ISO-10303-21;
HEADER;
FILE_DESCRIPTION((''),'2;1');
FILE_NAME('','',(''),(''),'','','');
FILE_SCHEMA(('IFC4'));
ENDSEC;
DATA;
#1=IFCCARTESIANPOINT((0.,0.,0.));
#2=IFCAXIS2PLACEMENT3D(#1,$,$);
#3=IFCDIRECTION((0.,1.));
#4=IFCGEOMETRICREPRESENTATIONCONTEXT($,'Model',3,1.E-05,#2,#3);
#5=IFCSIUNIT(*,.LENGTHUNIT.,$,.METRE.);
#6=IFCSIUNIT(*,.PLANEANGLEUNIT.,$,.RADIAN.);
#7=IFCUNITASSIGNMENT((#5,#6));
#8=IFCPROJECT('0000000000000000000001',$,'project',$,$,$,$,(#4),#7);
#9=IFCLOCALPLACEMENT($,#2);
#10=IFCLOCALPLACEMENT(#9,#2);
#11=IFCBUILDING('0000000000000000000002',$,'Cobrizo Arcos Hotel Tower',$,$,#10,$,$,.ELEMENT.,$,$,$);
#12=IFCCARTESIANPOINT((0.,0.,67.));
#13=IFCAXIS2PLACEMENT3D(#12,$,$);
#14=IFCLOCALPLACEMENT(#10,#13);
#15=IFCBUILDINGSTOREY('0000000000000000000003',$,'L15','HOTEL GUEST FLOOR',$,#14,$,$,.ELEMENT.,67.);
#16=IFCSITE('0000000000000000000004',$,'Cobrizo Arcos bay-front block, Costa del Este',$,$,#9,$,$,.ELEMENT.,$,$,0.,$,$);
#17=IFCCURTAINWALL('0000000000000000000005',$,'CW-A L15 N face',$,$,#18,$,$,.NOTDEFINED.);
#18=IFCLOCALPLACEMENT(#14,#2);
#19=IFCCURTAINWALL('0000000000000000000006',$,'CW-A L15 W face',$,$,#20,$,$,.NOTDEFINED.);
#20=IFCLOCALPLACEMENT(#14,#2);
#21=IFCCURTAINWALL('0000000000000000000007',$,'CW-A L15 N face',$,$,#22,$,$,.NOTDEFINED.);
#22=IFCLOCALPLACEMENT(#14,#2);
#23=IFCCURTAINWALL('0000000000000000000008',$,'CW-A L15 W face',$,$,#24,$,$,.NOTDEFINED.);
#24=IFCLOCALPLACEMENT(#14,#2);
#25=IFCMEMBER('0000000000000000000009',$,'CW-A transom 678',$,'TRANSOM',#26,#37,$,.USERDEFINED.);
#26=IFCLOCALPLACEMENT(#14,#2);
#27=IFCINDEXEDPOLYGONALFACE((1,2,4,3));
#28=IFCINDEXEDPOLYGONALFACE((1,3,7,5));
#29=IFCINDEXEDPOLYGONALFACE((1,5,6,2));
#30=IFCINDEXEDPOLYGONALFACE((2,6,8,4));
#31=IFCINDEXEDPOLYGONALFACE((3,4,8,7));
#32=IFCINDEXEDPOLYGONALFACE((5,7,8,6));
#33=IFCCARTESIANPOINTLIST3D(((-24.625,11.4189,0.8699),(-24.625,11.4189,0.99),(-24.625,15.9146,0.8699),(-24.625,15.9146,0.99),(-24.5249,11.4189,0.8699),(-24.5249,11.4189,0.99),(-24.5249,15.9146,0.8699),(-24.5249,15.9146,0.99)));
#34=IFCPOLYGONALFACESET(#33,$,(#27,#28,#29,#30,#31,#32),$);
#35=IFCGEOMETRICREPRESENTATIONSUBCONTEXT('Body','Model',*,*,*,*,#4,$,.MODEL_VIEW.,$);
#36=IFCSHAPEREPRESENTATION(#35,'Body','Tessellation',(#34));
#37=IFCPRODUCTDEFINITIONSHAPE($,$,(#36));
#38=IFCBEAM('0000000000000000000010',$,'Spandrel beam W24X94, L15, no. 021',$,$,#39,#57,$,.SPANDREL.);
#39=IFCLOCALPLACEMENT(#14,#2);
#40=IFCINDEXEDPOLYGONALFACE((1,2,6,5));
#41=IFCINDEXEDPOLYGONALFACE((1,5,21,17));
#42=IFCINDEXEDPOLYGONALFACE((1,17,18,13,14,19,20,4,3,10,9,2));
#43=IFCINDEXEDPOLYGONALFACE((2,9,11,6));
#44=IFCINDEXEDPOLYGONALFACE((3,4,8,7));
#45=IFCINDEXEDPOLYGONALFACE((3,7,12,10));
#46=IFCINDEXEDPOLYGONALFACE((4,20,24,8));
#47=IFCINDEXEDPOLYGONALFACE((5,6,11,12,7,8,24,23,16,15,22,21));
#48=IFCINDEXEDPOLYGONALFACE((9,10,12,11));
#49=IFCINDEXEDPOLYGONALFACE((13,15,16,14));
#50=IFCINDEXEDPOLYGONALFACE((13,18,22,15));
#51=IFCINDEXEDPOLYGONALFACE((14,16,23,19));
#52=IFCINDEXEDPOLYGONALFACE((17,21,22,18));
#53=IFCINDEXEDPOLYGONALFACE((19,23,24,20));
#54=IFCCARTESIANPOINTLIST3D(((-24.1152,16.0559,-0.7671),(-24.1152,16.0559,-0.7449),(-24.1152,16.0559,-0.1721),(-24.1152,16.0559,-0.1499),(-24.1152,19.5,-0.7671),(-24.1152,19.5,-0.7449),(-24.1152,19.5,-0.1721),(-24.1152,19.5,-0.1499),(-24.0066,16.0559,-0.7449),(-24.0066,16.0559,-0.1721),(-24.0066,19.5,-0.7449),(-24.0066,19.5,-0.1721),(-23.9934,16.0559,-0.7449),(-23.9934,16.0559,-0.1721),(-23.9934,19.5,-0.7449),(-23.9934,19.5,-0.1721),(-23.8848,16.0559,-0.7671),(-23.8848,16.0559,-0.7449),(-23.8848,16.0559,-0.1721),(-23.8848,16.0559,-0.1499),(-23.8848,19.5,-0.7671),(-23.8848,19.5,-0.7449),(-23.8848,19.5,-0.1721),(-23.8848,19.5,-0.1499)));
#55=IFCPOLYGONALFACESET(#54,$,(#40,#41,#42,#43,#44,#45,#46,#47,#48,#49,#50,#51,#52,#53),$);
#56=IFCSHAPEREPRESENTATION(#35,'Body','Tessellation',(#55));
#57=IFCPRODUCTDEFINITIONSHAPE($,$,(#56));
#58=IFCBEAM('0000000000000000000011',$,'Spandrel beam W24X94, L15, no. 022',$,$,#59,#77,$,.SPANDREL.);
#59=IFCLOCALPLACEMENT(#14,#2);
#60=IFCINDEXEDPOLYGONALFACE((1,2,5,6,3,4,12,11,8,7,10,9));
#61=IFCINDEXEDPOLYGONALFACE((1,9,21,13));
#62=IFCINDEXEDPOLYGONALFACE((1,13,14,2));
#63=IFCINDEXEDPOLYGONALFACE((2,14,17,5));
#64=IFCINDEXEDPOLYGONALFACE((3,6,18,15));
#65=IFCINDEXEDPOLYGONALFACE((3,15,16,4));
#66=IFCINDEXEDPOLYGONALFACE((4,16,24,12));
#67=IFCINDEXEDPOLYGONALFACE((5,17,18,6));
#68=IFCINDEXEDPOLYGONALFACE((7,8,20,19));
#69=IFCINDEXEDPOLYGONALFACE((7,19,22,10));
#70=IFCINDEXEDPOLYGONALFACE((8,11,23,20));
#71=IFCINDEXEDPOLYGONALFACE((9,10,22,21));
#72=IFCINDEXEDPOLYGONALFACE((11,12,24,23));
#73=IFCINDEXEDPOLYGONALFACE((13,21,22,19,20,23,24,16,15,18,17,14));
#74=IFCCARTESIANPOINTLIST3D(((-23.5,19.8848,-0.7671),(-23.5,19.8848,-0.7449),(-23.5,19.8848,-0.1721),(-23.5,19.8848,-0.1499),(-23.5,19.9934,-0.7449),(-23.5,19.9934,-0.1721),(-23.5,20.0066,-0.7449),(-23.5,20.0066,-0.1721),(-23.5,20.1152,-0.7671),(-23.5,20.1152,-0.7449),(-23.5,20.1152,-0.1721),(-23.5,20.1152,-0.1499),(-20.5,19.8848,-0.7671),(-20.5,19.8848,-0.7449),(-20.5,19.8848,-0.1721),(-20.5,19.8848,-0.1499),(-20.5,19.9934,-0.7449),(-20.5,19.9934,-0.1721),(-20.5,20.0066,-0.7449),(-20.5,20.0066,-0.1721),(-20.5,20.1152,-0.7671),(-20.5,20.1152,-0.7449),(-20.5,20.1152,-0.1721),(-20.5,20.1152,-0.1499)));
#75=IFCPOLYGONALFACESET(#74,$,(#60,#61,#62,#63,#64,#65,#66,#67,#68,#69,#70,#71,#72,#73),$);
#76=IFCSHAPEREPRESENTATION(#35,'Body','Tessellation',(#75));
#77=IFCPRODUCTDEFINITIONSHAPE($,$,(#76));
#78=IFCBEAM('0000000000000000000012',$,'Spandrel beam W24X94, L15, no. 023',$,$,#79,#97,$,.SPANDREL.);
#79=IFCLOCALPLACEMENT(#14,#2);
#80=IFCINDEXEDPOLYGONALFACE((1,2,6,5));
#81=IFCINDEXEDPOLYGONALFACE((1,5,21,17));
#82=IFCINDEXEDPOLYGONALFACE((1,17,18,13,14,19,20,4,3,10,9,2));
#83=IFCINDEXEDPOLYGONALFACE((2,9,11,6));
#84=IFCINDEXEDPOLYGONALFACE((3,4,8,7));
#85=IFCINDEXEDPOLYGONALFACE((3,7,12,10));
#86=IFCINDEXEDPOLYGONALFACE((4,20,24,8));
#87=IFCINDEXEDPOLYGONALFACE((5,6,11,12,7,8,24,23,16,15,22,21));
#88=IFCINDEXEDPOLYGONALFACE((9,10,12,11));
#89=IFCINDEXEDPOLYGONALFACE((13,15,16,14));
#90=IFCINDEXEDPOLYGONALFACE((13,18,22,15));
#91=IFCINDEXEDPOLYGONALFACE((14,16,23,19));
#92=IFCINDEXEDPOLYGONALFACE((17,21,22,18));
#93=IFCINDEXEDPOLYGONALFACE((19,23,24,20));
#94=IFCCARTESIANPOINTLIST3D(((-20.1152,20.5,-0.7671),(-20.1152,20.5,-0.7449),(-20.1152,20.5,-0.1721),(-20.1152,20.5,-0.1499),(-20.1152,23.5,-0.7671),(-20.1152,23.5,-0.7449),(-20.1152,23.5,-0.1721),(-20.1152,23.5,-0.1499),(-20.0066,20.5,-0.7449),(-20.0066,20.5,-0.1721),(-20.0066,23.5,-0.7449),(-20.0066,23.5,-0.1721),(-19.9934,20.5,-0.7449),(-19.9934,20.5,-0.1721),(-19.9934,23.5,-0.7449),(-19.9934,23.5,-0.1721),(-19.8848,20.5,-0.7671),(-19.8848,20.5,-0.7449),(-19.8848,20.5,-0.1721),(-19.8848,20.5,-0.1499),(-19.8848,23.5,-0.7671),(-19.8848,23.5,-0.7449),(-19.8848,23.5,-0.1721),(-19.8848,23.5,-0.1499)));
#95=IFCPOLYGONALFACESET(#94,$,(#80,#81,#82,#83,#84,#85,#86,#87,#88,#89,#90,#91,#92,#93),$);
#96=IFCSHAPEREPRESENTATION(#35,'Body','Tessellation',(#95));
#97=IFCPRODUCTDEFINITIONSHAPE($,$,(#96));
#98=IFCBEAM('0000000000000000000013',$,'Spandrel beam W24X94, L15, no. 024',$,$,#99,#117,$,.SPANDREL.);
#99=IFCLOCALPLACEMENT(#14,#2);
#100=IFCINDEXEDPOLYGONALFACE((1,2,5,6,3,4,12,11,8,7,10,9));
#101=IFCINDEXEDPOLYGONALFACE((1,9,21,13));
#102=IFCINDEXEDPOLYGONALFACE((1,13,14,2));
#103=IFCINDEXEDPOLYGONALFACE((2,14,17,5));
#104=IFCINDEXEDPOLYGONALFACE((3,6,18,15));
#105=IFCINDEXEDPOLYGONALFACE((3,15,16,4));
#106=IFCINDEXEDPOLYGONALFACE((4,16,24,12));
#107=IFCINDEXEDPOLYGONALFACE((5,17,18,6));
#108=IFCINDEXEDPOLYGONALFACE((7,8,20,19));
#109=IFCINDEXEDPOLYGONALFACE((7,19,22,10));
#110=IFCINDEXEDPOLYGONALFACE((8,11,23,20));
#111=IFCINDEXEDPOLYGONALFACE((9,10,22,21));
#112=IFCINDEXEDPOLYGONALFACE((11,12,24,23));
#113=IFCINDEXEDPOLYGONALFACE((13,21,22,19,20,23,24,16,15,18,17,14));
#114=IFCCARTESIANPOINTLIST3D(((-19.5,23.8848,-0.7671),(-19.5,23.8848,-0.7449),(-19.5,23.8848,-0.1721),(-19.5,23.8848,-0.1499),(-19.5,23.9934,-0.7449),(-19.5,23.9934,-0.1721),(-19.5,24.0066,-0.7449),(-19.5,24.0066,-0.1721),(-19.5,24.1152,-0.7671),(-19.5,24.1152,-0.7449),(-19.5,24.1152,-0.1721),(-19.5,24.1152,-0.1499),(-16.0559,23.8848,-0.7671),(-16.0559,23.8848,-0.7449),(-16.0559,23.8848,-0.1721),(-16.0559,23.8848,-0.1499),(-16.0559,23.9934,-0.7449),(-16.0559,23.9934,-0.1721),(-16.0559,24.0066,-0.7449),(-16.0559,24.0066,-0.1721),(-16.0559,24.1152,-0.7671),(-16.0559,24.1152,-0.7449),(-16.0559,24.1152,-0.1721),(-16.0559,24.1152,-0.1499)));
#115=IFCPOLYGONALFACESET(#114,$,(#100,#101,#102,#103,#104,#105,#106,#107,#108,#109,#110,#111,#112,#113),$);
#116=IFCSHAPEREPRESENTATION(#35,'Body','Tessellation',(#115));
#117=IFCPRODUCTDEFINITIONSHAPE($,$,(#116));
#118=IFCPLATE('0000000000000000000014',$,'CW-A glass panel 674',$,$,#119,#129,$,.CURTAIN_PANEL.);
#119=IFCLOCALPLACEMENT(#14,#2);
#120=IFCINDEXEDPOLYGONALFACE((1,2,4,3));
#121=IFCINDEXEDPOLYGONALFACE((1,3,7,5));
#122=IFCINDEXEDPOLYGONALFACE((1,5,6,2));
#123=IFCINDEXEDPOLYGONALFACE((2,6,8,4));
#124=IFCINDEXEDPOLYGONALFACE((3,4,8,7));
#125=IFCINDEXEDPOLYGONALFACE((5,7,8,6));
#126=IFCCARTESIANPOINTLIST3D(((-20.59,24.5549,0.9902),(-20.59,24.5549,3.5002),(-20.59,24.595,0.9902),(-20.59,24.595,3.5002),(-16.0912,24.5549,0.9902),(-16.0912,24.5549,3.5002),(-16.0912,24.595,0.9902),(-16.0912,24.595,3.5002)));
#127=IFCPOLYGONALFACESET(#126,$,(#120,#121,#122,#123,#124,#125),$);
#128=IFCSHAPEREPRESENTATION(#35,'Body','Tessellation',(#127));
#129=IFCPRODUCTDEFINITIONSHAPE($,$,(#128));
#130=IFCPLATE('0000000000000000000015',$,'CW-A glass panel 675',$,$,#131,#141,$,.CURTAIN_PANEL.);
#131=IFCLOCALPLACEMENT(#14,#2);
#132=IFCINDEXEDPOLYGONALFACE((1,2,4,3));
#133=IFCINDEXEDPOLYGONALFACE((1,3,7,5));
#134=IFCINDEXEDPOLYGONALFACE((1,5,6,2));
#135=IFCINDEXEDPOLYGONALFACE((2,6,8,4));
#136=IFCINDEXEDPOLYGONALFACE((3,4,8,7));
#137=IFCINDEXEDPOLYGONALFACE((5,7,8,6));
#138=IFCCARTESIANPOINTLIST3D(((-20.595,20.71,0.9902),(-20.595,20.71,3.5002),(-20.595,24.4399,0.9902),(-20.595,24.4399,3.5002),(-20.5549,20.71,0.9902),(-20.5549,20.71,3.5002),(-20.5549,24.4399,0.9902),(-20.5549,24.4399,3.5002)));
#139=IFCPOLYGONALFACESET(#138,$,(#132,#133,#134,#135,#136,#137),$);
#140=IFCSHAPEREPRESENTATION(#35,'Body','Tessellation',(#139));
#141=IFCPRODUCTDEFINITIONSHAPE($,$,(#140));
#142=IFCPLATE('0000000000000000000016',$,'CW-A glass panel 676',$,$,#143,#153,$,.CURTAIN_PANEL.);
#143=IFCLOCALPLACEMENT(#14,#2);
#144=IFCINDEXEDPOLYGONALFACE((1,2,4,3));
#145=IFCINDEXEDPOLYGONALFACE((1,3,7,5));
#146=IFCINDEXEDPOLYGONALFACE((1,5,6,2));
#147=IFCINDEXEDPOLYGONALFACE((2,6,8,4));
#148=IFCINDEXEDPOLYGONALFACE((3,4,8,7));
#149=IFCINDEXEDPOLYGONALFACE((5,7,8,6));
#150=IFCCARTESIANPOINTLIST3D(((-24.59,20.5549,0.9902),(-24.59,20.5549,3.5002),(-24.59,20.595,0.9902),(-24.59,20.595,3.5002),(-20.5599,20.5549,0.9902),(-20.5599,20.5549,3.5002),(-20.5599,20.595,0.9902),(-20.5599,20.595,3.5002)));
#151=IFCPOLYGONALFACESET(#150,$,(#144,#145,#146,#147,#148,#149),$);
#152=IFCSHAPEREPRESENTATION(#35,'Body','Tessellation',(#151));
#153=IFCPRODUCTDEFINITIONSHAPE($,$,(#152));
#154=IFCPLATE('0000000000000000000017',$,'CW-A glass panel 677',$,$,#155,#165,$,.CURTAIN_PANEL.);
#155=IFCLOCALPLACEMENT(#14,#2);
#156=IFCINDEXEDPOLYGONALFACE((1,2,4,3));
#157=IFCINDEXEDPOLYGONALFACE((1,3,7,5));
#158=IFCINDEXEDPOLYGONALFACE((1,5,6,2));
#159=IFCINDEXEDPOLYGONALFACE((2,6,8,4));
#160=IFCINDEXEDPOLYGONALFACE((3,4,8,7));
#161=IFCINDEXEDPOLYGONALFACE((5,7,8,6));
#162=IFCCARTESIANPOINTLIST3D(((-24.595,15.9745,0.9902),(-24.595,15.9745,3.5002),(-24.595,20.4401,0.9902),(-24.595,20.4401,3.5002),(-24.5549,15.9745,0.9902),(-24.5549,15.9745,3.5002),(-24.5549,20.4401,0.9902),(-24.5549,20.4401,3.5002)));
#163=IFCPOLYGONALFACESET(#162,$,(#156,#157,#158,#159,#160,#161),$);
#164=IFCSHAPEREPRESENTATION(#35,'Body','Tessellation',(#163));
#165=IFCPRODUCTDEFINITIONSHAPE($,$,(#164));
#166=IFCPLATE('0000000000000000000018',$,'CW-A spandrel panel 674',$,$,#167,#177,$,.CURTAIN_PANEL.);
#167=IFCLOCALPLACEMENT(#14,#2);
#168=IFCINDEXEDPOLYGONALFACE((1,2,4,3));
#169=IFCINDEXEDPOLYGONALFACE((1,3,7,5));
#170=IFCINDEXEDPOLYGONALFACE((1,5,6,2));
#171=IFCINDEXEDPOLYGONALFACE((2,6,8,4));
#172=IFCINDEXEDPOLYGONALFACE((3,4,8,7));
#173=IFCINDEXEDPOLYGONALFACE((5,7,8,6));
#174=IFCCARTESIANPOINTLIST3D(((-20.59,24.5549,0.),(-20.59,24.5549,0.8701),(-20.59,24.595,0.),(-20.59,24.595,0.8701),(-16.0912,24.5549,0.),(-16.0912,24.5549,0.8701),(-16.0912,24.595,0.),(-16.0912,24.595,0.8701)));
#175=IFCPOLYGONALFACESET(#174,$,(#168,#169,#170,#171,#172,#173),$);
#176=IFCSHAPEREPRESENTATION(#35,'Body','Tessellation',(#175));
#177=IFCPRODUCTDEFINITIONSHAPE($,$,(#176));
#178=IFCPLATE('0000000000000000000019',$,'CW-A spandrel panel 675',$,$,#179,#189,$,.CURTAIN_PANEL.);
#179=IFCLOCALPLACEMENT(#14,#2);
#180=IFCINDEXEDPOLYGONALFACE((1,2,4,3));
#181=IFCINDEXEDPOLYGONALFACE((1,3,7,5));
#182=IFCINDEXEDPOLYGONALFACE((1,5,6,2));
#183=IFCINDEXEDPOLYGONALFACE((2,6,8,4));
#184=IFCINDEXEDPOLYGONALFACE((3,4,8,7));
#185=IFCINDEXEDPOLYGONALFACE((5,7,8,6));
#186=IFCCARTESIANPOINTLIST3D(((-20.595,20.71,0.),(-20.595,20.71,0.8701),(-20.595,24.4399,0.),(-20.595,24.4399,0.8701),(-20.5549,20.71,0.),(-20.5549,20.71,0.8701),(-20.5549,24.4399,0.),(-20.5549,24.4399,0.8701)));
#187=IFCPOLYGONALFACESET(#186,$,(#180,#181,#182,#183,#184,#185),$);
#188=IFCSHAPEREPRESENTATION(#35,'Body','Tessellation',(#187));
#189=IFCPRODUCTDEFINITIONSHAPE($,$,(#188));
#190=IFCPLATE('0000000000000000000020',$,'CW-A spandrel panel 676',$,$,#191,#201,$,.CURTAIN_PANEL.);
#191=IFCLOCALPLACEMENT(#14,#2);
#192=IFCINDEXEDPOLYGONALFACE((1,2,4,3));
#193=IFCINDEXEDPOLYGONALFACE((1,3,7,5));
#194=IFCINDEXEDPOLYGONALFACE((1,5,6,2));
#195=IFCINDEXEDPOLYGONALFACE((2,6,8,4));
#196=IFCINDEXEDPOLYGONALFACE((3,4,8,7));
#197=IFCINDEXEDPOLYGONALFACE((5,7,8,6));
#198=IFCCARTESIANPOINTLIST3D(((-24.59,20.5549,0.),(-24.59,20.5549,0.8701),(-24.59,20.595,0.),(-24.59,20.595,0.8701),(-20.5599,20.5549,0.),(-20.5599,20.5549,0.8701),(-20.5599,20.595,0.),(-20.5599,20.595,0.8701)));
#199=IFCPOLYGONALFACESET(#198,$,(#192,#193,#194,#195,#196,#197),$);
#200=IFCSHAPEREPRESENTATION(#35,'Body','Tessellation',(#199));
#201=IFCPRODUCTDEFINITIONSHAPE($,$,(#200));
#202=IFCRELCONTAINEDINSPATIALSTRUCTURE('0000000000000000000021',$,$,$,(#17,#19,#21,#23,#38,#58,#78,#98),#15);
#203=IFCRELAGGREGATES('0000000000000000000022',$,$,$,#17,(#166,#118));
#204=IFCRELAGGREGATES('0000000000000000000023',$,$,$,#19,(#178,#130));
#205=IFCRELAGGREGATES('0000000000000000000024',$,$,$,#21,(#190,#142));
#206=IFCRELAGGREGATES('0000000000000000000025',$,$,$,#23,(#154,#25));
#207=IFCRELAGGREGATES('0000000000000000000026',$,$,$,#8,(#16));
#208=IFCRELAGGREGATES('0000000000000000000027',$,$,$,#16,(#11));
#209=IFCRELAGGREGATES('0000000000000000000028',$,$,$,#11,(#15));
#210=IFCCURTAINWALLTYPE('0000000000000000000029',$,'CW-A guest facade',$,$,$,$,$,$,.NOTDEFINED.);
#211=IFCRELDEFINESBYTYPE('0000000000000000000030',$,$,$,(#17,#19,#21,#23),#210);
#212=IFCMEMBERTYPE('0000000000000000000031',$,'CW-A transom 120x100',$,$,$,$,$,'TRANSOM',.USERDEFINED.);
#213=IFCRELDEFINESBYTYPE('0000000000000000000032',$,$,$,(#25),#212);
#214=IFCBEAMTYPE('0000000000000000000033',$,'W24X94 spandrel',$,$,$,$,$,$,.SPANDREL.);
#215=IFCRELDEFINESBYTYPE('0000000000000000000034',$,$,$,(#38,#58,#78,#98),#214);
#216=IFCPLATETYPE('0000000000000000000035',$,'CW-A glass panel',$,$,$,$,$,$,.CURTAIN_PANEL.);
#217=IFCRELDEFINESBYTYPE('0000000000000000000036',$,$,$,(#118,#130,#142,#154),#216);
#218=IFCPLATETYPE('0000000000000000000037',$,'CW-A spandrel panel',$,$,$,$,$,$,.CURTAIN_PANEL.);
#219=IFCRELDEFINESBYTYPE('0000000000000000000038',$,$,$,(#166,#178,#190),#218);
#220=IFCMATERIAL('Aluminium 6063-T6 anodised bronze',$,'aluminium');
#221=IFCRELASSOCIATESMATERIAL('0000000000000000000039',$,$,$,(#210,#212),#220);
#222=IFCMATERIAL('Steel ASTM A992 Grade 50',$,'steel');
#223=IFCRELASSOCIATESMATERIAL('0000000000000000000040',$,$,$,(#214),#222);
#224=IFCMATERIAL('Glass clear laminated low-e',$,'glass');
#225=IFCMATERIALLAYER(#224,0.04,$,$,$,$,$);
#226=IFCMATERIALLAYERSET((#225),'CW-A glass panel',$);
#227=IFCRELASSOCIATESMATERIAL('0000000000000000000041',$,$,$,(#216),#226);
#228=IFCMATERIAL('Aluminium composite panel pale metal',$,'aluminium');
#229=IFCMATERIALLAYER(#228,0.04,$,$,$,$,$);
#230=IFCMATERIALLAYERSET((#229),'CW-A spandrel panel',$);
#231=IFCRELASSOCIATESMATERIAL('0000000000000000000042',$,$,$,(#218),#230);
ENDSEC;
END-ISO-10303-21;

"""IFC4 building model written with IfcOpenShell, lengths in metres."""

from ifc_helpers import new_model, si_unit, direction, frame, origin, origin_2d, place, context, subcontext, project, spatial, rectangle, i_section, extrude, material, layer, layer_set, material_profile, profile_set, type_object, element, aggregate, save


model = new_model("IFC4")

# Units and contexts
model_context = context("Model", 3, precision=1e-05, world=origin(), true_north=direction((0.0, 1.0)))
body_context = subcontext(model_context, "Body", "Model", "MODEL_VIEW")
ifc_project = project(units=[si_unit("LENGTHUNIT", "METRE"), si_unit("PLANEANGLEUNIT", "RADIAN")], contexts=[model_context])

# Site, building, storey
site_placement = place(None, origin())
site = spatial("IfcSite", under=ifc_project, at=site_placement, Name="Cobrizo Arcos bay-front block, Costa del Este", CompositionType="ELEMENT", RefElevation=0.0)
building_placement = place(site_placement, origin())
building = spatial("IfcBuilding", under=site, at=building_placement, Name="Cobrizo Arcos Hotel Tower", CompositionType="ELEMENT")
storey_placement = place(building_placement, frame((0.0, 0.0, 67.0)))
storey = spatial("IfcBuildingStorey", under=building, at=storey_placement, Name="L15", Description="HOTEL GUEST FLOOR", CompositionType="ELEMENT", Elevation=67.0)

# Curtain wall
ifc_material_1 = material(Name="Aluminium 6063-T6 anodised bronze", Category="aluminium")
curtain_wall_type = type_object("IfcCurtainWallType", Name="CW-A guest facade", PredefinedType="NOTDEFINED", material=ifc_material_1)
curtain_wall_1_placement = place(storey_placement, origin())
curtain_wall_1 = element("IfcCurtainWall", 1, at=curtain_wall_1_placement, inside=storey, type_object=curtain_wall_type, Name="CW-A L15 N face", PredefinedType="NOTDEFINED")

# Curtain walls
curtain_wall_2_placement = place(storey_placement, origin())
curtain_wall_2 = element("IfcCurtainWall", 2, at=curtain_wall_2_placement, inside=storey, type_object=curtain_wall_type, Name="CW-A L15 W face", PredefinedType="NOTDEFINED")
curtain_wall_3_placement = place(storey_placement, origin())
curtain_wall_3 = element("IfcCurtainWall", 3, at=curtain_wall_3_placement, inside=storey, type_object=curtain_wall_type, Name="CW-A L15 N face", PredefinedType="NOTDEFINED")
curtain_wall_4_placement = place(storey_placement, origin())
curtain_wall_4 = element("IfcCurtainWall", 4, at=curtain_wall_4_placement, inside=storey, type_object=curtain_wall_type, Name="CW-A L15 W face", PredefinedType="NOTDEFINED")

# Member
ifc_material_profile_1 = material_profile(ifc_material_1, rectangle(XDim=0.1001, YDim=0.1201, at=origin_2d()), Name="CW-A transom 120x100")
ifc_profile_set_1 = profile_set([ifc_material_profile_1], Name="Aluminium 6063-T6 anodised bronze")
member_type_1 = type_object("IfcMemberType", Name="CW-A transom 120x100", ElementType="TRANSOM", PredefinedType="USERDEFINED", material=ifc_profile_set_1)
member_1_placement = place(storey_placement, frame((-24.575, 15.9146, 0.9299), z_axis=(0.0, -1.0, 0.0), x_axis=(1.0, 0.0, 0.0)))
member_1 = element("IfcMember", 5, at=member_1_placement, type_object=member_type_1, Name="CW-A transom 678", ObjectType="TRANSOM", PredefinedType="USERDEFINED", context=body_context, shape_type="SweptSolid", body=[
    extrude(rectangle(XDim=0.1001, YDim=0.1201, at=origin_2d()), origin(), (0.0, 0.0, 1.0), 4.4956),
])

# Beams
ifc_material_2 = material(Name="Steel ASTM A992 Grade 50", Category="steel")
ifc_material_profile_2 = material_profile(ifc_material_2, i_section(OverallWidth=0.2305, OverallDepth=0.6172, WebThickness=0.0132, FlangeThickness=0.0222, at=origin_2d()), Name="W24X94")
ifc_profile_set_2 = profile_set([ifc_material_profile_2], Name="Steel ASTM A992 Grade 50")
beam_type = type_object("IfcBeamType", Name="W24X94 spandrel", PredefinedType="SPANDREL", material=ifc_profile_set_2)
beam_1_placement = place(storey_placement, frame((-24.0, 16.0559, -0.4585), z_axis=(0.0, 1.0, 0.0), x_axis=(-1.0, 0.0, 0.0)))
element("IfcBeam", 6, at=beam_1_placement, inside=storey, type_object=beam_type, Name="Spandrel beam W24X94, L15, no. 021", PredefinedType="SPANDREL", context=body_context, shape_type="SweptSolid", body=[
    extrude(i_section(OverallWidth=0.2305, OverallDepth=0.6172, WebThickness=0.0132, FlangeThickness=0.0222, at=origin_2d()), origin(), (0.0, 0.0, 1.0), 3.4441),
])
for number, where, z_axis, x_axis, name in (
    (7, (-23.5, 20.0, -0.4585), (1.0, 0.0, 0.0), (0.0, 1.0, 0.0), "Spandrel beam W24X94, L15, no. 022"),
    (8, (-20.0, 20.5, -0.4585), (0.0, 1.0, 0.0), (-1.0, 0.0, 0.0), "Spandrel beam W24X94, L15, no. 023"),
):
    element("IfcBeam", number, at=place(storey_placement, frame(where, z_axis=z_axis, x_axis=x_axis)), inside=storey, type_object=beam_type, Name=name, PredefinedType="SPANDREL", context=body_context, shape_type="SweptSolid", body=[
        extrude(i_section(OverallWidth=0.2305, OverallDepth=0.6172, WebThickness=0.0132, FlangeThickness=0.0222, at=origin_2d()), origin(), (0.0, 0.0, 1.0), 3.0),
    ])
beam_2_placement = place(storey_placement, frame((-19.5, 24.0, -0.4585), z_axis=(1.0, 0.0, 0.0), x_axis=(0.0, 1.0, 0.0)))
element("IfcBeam", 9, at=beam_2_placement, inside=storey, type_object=beam_type, Name="Spandrel beam W24X94, L15, no. 024", PredefinedType="SPANDREL", context=body_context, shape_type="SweptSolid", body=[
    extrude(i_section(OverallWidth=0.2305, OverallDepth=0.6172, WebThickness=0.0132, FlangeThickness=0.0222, at=origin_2d()), origin(), (0.0, 0.0, 1.0), 3.4441),
])

# Plates
ifc_material_3 = material(Name="Glass clear laminated low-e", Category="glass")
ifc_layer_1 = layer(ifc_material_3, 0.04)
ifc_layer_set_1 = layer_set([ifc_layer_1], Name="CW-A glass panel")
plate_type_1 = type_object("IfcPlateType", Name="CW-A glass panel", PredefinedType="CURTAIN_PANEL", material=ifc_layer_set_1)
plate_1_placement = place(storey_placement, frame((-18.3406, 24.575, 0.9902), z_axis=(0.0, 0.0, 1.0), x_axis=(-1.0, 0.0, 0.0)))
plate_1 = element("IfcPlate", 10, at=plate_1_placement, type_object=plate_type_1, Name="CW-A glass panel 674", PredefinedType="CURTAIN_PANEL", context=body_context, shape_type="SweptSolid", body=[
    extrude(rectangle(XDim=4.4988, YDim=0.04, at=origin_2d()), origin(), (0.0, 0.0, 1.0), 2.51),
])
plate_2_placement = place(storey_placement, frame((-20.575, 22.575, 0.9902), z_axis=(0.0, 0.0, 1.0), x_axis=(0.0, -1.0, 0.0)))
plate_2 = element("IfcPlate", 11, at=plate_2_placement, type_object=plate_type_1, Name="CW-A glass panel 675", PredefinedType="CURTAIN_PANEL", context=body_context, shape_type="SweptSolid", body=[
    extrude(rectangle(XDim=3.73, YDim=0.04, at=origin_2d()), origin(), (0.0, 0.0, 1.0), 2.51),
])
plate_3_placement = place(storey_placement, frame((-22.575, 20.575, 0.9902), z_axis=(0.0, 0.0, 1.0), x_axis=(-1.0, 0.0, 0.0)))
plate_3 = element("IfcPlate", 12, at=plate_3_placement, type_object=plate_type_1, Name="CW-A glass panel 676", PredefinedType="CURTAIN_PANEL", context=body_context, shape_type="SweptSolid", body=[
    extrude(rectangle(XDim=4.03, YDim=0.04, at=origin_2d()), origin(), (0.0, 0.0, 1.0), 2.51),
])
plate_4_placement = place(storey_placement, frame((-24.575, 18.2073, 0.9902), z_axis=(0.0, 0.0, 1.0), x_axis=(0.0, -1.0, 0.0)))
plate_4 = element("IfcPlate", 13, at=plate_4_placement, type_object=plate_type_1, Name="CW-A glass panel 677", PredefinedType="CURTAIN_PANEL", context=body_context, shape_type="SweptSolid", body=[
    extrude(rectangle(XDim=4.4656, YDim=0.04, at=origin_2d()), origin(), (0.0, 0.0, 1.0), 2.51),
])
ifc_material_4 = material(Name="Aluminium composite panel pale metal", Category="aluminium")
ifc_layer_2 = layer(ifc_material_4, 0.04)
ifc_layer_set_2 = layer_set([ifc_layer_2], Name="CW-A spandrel panel")
plate_type_2 = type_object("IfcPlateType", Name="CW-A spandrel panel", PredefinedType="CURTAIN_PANEL", material=ifc_layer_set_2)
plate_5_placement = place(storey_placement, frame((-18.3406, 24.575, 0.0), z_axis=(0.0, 0.0, 1.0), x_axis=(-1.0, 0.0, 0.0)))
plate_5 = element("IfcPlate", 14, at=plate_5_placement, type_object=plate_type_2, Name="CW-A spandrel panel 674", PredefinedType="CURTAIN_PANEL", context=body_context, shape_type="SweptSolid", body=[
    extrude(rectangle(XDim=4.4988, YDim=0.04, at=origin_2d()), origin(), (0.0, 0.0, 1.0), 0.8701),
])
aggregate(curtain_wall_1, [plate_5, plate_1])
plate_6_placement = place(storey_placement, frame((-20.575, 22.575, 0.0), z_axis=(0.0, 0.0, 1.0), x_axis=(0.0, -1.0, 0.0)))
plate_6 = element("IfcPlate", 15, at=plate_6_placement, type_object=plate_type_2, Name="CW-A spandrel panel 675", PredefinedType="CURTAIN_PANEL", context=body_context, shape_type="SweptSolid", body=[
    extrude(rectangle(XDim=3.73, YDim=0.04, at=origin_2d()), origin(), (0.0, 0.0, 1.0), 0.8701),
])
aggregate(curtain_wall_2, [plate_6, plate_2])
plate_7_placement = place(storey_placement, frame((-22.575, 20.575, 0.0), z_axis=(0.0, 0.0, 1.0), x_axis=(-1.0, 0.0, 0.0)))
plate_7 = element("IfcPlate", 16, at=plate_7_placement, type_object=plate_type_2, Name="CW-A spandrel panel 676", PredefinedType="CURTAIN_PANEL", context=body_context, shape_type="SweptSolid", body=[
    extrude(rectangle(XDim=4.03, YDim=0.04, at=origin_2d()), origin(), (0.0, 0.0, 1.0), 0.8701),
])
aggregate(curtain_wall_3, [plate_7, plate_3])
aggregate(curtain_wall_4, [plate_4, member_1])

save(model, "model.ifc")
